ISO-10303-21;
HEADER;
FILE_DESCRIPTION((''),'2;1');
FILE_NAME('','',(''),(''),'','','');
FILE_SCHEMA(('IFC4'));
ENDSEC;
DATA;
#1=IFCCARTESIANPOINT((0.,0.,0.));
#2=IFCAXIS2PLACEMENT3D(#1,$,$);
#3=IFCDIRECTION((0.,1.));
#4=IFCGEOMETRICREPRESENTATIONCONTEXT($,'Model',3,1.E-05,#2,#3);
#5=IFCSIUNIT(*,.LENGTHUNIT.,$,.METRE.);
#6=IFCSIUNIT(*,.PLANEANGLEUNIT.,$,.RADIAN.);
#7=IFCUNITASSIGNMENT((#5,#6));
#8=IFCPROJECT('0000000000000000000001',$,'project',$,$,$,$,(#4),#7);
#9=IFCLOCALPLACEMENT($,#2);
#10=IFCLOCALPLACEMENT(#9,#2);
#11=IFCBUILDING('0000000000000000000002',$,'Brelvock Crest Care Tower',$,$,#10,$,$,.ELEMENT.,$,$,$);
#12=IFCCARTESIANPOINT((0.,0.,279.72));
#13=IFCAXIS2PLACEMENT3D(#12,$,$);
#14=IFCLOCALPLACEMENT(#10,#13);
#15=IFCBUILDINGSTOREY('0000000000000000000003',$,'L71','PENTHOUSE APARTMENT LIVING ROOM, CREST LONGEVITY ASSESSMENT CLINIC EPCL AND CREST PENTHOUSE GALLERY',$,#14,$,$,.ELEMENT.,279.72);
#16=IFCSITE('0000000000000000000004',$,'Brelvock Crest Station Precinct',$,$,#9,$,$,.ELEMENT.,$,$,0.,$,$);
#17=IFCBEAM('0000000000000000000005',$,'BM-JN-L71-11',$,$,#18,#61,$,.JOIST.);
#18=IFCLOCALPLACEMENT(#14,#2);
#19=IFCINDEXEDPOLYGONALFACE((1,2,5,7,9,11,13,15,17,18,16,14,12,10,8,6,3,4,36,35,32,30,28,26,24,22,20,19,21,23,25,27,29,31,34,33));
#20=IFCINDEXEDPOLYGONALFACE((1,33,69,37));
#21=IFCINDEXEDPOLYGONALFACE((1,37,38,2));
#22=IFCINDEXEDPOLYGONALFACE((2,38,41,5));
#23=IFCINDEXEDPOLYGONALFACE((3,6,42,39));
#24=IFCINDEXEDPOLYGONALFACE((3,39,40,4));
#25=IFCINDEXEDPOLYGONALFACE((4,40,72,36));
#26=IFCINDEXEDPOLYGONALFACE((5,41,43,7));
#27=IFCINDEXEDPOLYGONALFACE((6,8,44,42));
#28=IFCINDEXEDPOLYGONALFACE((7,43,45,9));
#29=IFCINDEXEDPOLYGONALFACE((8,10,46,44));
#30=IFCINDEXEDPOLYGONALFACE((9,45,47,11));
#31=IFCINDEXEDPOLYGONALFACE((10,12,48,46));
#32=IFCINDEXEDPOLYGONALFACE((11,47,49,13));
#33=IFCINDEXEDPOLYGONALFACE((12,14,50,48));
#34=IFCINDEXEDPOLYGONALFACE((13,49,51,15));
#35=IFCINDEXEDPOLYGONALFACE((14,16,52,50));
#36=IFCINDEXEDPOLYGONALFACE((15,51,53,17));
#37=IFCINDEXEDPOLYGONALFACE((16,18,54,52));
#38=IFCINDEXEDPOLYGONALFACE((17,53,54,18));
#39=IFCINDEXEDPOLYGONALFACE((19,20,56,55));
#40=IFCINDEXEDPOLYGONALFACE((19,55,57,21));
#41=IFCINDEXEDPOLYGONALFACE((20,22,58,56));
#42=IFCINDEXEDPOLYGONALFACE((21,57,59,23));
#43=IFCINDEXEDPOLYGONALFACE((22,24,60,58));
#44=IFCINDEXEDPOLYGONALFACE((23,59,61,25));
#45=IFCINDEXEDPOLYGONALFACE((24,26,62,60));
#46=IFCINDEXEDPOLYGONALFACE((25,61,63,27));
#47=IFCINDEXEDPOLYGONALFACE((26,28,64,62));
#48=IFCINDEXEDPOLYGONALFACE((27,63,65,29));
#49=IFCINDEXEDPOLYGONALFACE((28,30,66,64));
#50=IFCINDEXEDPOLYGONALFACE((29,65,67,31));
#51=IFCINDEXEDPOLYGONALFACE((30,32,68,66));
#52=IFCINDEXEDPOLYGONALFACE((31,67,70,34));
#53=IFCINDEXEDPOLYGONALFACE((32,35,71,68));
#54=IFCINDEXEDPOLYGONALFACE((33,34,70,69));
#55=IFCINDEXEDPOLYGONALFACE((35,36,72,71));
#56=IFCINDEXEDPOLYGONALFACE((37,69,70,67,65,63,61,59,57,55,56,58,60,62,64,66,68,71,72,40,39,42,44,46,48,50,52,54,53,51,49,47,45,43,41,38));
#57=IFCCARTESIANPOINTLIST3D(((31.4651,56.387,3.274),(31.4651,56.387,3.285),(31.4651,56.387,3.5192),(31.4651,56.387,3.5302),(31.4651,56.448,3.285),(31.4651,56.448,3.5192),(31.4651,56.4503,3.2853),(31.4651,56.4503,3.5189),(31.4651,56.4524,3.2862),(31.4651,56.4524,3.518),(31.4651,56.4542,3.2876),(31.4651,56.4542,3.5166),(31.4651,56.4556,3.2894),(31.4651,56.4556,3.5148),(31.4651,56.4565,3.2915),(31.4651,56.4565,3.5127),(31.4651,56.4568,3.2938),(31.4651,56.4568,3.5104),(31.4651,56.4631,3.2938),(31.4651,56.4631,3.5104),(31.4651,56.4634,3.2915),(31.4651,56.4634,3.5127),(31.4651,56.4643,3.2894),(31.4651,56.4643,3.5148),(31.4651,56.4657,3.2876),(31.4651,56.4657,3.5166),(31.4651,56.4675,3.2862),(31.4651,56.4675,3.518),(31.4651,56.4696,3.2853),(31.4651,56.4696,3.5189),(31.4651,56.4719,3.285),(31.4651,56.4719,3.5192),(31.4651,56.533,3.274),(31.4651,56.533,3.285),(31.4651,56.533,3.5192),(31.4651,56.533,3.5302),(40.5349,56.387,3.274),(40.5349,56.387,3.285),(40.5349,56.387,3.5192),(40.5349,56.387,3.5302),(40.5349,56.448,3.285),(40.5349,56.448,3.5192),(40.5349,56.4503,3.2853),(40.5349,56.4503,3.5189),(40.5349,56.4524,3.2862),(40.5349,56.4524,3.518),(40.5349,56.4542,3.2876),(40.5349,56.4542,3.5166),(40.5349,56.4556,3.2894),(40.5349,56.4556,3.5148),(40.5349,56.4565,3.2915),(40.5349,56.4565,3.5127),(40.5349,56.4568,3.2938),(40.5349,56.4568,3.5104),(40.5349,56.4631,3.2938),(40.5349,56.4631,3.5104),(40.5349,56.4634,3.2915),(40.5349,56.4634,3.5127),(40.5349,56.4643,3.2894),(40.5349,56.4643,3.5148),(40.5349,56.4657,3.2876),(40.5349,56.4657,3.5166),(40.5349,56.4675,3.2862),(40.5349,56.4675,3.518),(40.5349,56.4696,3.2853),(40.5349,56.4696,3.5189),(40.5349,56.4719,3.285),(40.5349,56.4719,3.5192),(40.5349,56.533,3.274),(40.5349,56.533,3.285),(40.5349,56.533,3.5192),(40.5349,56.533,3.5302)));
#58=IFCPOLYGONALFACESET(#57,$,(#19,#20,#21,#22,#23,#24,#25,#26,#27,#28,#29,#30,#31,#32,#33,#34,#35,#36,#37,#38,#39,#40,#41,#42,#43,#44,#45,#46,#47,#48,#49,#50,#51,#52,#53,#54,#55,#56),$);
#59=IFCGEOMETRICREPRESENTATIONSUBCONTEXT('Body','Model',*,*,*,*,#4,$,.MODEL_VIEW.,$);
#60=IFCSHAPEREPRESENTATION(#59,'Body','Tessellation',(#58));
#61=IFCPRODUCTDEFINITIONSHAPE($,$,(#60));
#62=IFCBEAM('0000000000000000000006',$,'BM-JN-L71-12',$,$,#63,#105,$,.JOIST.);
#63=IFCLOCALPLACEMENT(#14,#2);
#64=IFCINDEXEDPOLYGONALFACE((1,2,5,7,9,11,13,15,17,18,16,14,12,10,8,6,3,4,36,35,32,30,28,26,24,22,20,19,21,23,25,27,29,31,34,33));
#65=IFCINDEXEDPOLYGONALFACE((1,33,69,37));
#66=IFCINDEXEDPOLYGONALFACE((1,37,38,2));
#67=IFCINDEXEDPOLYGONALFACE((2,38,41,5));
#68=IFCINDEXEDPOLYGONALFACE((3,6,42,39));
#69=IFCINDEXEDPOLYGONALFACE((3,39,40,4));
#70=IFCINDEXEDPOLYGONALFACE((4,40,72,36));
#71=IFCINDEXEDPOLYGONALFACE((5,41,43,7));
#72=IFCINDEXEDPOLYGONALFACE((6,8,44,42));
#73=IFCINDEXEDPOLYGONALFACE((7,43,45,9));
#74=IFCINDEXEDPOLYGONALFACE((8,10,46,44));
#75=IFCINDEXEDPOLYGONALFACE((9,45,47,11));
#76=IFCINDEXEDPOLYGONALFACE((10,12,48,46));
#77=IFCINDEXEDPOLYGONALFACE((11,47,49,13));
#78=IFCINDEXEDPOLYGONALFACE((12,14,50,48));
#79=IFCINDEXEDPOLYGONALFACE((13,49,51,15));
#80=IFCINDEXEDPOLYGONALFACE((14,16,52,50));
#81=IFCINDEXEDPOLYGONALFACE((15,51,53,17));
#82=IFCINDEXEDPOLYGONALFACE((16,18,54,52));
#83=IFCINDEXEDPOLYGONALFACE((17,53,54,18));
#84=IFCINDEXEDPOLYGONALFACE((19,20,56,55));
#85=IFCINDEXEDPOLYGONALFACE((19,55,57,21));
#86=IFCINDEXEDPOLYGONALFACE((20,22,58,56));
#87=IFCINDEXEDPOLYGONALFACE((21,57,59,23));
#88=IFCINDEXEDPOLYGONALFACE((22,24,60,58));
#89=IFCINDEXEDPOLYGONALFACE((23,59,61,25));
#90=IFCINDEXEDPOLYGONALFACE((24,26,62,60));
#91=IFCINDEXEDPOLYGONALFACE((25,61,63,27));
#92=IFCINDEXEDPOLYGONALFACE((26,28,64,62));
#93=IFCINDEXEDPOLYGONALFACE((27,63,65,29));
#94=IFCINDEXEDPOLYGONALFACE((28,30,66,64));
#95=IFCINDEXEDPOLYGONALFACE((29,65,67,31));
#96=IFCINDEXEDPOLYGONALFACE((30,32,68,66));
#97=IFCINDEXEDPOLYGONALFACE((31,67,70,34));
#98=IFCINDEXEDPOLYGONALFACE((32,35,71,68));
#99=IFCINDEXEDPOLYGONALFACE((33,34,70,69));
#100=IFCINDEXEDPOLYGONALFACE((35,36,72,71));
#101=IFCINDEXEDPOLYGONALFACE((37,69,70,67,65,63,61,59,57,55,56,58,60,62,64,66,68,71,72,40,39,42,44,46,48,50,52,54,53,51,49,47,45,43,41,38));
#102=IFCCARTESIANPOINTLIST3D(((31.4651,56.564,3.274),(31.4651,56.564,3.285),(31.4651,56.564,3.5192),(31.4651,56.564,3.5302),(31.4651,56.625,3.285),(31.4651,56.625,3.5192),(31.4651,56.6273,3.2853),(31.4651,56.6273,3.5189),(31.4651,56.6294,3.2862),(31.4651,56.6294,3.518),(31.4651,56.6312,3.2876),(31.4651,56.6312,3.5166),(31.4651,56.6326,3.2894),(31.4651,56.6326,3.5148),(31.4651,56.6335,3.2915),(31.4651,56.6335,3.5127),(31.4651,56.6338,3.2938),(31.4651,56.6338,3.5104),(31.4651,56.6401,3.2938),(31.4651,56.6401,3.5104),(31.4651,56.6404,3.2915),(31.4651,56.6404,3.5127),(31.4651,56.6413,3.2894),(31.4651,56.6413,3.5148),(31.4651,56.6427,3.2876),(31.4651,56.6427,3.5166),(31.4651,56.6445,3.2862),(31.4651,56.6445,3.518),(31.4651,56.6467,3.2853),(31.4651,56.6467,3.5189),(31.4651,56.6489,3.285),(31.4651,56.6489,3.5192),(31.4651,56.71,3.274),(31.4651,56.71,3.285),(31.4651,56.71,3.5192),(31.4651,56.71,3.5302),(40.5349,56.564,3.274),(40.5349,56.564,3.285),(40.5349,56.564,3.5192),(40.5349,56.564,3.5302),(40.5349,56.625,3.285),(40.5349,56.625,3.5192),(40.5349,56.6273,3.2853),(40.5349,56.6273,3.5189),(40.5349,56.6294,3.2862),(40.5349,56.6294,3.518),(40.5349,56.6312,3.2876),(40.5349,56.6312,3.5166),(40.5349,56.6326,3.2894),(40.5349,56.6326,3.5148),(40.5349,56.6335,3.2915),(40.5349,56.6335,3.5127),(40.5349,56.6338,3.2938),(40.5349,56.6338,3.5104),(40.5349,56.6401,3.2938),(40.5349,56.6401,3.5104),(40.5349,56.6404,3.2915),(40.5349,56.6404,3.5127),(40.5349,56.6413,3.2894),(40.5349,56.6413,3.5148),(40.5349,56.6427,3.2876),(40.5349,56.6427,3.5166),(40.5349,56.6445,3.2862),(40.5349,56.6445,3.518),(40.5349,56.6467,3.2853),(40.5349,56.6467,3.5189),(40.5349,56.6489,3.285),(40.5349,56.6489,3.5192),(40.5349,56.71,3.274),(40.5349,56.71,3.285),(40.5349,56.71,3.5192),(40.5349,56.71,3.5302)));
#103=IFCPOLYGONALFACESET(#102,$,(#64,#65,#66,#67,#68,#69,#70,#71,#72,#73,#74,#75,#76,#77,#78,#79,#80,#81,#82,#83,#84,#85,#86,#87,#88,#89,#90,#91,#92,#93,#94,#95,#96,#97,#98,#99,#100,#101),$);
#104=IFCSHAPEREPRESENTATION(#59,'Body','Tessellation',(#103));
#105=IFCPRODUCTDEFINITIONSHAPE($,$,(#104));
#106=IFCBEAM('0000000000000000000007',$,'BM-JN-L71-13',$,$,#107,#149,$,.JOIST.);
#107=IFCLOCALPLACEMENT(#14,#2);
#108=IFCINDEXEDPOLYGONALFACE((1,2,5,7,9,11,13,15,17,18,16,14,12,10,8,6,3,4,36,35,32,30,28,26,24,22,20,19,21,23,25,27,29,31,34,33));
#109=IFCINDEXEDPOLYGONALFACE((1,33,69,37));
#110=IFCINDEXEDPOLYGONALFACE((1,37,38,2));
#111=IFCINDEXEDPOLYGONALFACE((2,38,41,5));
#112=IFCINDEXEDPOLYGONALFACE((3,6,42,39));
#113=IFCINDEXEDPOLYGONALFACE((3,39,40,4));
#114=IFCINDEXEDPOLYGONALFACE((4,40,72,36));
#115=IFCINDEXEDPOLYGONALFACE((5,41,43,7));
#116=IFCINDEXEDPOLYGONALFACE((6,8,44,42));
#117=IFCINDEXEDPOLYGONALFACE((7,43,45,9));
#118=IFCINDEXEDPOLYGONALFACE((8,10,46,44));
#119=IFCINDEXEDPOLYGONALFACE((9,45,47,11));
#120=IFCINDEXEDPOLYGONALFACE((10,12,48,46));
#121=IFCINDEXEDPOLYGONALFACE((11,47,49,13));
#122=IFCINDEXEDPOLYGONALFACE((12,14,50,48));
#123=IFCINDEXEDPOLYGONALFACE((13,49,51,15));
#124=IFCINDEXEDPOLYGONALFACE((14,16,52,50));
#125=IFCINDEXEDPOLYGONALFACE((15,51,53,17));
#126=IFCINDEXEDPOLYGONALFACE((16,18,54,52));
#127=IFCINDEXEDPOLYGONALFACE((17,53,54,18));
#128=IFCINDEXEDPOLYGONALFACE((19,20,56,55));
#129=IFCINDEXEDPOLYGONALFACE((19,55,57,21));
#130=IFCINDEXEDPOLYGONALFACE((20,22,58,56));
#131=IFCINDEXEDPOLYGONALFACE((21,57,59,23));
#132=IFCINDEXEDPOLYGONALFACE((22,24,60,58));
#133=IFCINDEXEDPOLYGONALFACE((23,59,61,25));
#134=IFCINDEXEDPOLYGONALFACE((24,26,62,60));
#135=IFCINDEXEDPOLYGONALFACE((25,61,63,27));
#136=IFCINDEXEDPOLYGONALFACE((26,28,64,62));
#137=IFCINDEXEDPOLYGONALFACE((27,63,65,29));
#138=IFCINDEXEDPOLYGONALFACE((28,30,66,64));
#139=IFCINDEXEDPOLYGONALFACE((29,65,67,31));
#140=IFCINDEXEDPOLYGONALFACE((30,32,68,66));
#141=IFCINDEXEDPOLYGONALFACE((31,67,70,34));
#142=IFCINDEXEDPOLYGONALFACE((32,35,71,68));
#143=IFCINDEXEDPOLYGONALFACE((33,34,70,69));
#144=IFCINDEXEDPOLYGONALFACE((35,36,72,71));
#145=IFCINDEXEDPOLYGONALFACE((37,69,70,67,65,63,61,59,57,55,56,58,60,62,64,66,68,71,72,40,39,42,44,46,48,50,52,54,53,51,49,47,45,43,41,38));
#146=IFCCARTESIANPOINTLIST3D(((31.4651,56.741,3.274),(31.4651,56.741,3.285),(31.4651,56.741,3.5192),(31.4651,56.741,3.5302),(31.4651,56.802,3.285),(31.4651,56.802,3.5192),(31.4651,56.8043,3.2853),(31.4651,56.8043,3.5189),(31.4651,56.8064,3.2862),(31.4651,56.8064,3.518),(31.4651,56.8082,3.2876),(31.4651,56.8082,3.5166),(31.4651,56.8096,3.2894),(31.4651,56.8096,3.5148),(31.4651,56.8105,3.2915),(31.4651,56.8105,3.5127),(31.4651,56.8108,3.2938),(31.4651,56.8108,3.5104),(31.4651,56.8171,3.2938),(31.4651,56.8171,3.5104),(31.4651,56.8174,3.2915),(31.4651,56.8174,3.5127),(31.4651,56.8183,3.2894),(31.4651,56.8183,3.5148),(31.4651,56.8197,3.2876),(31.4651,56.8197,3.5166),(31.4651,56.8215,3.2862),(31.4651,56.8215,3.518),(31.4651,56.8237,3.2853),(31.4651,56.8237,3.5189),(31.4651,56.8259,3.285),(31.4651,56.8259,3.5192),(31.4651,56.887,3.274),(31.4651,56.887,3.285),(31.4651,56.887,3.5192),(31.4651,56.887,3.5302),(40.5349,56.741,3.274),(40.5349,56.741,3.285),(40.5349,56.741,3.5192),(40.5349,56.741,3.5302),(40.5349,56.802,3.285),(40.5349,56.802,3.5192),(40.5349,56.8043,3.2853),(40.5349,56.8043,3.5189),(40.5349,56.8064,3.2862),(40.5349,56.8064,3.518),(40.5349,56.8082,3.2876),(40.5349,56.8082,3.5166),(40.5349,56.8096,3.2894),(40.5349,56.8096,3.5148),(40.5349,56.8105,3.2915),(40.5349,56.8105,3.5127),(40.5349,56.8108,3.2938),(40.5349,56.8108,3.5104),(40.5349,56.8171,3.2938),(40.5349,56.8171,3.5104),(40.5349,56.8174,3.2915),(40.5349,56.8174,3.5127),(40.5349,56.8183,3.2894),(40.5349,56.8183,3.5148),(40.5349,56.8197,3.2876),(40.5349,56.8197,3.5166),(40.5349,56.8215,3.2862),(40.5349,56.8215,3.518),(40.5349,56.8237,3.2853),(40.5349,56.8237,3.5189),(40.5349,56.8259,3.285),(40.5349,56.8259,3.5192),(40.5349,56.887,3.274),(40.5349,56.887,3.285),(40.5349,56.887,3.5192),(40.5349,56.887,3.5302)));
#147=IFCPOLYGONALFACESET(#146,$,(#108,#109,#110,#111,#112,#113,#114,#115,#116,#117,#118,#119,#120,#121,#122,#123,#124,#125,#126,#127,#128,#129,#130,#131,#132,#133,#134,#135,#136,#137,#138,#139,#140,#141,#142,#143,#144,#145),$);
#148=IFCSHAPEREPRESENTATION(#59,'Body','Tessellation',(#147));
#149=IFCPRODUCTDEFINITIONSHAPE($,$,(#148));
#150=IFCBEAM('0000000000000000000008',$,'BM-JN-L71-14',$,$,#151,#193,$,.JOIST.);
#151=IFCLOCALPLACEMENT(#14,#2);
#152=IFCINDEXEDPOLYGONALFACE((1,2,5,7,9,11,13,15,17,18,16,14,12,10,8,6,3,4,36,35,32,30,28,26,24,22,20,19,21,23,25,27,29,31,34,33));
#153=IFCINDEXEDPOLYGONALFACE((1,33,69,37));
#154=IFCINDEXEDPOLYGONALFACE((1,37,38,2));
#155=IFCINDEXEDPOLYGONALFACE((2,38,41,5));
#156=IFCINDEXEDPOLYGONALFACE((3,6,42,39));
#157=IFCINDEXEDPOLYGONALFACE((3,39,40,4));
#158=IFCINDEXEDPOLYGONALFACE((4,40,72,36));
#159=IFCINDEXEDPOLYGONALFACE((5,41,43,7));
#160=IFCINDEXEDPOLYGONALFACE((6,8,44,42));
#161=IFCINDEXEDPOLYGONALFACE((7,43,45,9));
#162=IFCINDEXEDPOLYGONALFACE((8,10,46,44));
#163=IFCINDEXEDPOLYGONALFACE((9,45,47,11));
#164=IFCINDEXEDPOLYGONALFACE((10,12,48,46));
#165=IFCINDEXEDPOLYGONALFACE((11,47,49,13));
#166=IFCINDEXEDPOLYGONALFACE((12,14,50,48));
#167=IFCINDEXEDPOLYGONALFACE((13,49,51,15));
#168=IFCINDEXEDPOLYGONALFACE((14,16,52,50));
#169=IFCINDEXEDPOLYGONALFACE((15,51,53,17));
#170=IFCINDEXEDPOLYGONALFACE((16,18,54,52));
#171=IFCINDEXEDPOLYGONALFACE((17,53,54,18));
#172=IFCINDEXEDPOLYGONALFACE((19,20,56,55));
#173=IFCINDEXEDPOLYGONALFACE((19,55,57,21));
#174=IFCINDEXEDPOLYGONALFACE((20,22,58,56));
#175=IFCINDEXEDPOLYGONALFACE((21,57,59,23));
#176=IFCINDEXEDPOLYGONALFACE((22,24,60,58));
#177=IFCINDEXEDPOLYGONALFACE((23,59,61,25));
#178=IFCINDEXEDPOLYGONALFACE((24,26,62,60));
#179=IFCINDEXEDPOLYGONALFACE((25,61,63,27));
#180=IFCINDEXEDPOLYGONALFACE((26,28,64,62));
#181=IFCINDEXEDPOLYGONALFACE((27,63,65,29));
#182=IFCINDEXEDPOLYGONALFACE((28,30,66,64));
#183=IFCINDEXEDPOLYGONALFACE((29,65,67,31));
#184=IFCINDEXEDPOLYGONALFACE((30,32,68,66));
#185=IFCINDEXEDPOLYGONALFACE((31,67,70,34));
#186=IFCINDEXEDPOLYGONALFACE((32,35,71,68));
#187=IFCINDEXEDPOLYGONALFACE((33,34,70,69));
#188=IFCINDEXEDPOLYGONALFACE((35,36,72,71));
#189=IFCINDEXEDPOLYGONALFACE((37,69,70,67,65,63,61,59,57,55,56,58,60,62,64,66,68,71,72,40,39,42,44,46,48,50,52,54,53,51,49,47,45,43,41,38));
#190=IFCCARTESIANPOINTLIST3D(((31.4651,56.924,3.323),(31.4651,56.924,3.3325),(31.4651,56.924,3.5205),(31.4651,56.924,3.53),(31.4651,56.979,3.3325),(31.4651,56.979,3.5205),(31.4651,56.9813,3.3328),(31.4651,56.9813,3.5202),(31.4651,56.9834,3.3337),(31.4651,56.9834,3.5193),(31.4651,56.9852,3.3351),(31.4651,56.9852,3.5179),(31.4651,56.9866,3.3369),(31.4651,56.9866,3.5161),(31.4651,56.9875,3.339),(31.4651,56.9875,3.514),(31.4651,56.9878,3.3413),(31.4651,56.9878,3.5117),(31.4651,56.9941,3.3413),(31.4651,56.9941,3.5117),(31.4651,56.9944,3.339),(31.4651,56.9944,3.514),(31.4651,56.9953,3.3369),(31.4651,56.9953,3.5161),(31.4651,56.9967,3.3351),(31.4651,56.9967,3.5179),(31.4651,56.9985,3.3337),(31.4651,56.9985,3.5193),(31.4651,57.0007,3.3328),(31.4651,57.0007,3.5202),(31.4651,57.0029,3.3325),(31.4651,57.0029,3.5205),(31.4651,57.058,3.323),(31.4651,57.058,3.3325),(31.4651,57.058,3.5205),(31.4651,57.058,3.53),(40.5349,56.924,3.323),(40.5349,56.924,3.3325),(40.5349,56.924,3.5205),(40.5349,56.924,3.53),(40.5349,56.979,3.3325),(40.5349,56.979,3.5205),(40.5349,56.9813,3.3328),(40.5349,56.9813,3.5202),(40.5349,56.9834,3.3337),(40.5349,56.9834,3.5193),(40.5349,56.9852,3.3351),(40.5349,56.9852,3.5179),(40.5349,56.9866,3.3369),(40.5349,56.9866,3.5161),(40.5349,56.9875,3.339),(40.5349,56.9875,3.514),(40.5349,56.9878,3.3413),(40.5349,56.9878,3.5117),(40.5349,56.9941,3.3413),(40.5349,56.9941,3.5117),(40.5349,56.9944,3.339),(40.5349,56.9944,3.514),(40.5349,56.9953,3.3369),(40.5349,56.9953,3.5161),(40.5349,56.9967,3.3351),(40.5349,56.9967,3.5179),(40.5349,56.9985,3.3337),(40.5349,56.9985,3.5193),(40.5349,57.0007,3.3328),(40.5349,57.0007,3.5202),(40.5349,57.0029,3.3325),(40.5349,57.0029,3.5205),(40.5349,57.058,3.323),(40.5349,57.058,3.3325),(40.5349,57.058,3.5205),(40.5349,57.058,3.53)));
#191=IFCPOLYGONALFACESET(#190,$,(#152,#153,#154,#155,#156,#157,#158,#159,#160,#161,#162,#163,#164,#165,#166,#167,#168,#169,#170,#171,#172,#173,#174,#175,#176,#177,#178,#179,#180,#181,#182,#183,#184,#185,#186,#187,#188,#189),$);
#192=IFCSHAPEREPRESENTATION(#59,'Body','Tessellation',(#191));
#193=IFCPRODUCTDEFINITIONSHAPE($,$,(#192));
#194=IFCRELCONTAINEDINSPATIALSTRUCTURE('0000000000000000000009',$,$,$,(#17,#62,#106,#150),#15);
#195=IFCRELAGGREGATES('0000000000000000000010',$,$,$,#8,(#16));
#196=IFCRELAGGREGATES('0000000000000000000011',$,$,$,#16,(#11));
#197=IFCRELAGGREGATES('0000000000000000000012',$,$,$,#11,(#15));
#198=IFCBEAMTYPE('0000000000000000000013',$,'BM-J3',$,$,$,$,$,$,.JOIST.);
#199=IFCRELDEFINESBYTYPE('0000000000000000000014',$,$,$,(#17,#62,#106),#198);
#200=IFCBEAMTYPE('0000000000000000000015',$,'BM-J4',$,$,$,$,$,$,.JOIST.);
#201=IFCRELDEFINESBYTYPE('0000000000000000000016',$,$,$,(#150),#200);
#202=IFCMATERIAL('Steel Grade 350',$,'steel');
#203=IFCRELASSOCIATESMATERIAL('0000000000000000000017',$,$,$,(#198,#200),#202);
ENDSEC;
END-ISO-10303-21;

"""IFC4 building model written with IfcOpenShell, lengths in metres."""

from ifc_helpers import new_model, si_unit, direction, frame, origin, origin_2d, place, context, subcontext, project, spatial, i_section, extrude, source, transform, mapped, material, material_profile, profile_set, type_object, element, save


model = new_model("IFC4")

# Units and contexts
model_context = context("Model", 3, precision=1e-05, world=origin(), true_north=direction((0.0, 1.0)))
body_context = subcontext(model_context, "Body", "Model", "MODEL_VIEW")
ifc_project = project(units=[si_unit("LENGTHUNIT", "METRE"), si_unit("PLANEANGLEUNIT", "RADIAN")], contexts=[model_context])

# Site, building, storey
site_placement = place(None, origin())
site = spatial("IfcSite", under=ifc_project, at=site_placement, Name="Brelvock Crest Station Precinct", CompositionType="ELEMENT", RefElevation=0.0)
building_placement = place(site_placement, origin())
building = spatial("IfcBuilding", under=site, at=building_placement, Name="Brelvock Crest Care Tower", CompositionType="ELEMENT")
storey_placement = place(building_placement, frame((0.0, 0.0, 279.72)))
storey = spatial("IfcBuildingStorey", under=building, at=storey_placement, Name="L71", Description="PENTHOUSE APARTMENT LIVING ROOM, CREST LONGEVITY ASSESSMENT CLINIC EPCL AND CREST PENTHOUSE GALLERY", CompositionType="ELEMENT", Elevation=279.72)

# Shared definitions
ifc_material_1 = material(Name="Steel Grade 350", Category="steel")

# Beams
ifc_material_profile_1 = material_profile(ifc_material_1, i_section(OverallWidth=0.146, OverallDepth=0.2561, WebThickness=0.0063, FlangeThickness=0.011, FilletRadius=0.0088, at=origin_2d()), Name="250UB37.3")
ifc_profile_set_1 = profile_set([ifc_material_profile_1], Name="Steel Grade 350")
beam_type_1 = type_object("IfcBeamType", Name="BM-J3", PredefinedType="JOIST", material=ifc_profile_set_1)
shared_shape_1 = source(origin(), body_context, "Body", "SweptSolid", [
    extrude(i_section(OverallWidth=0.146, OverallDepth=0.2561, WebThickness=0.0063, FlangeThickness=0.011, FilletRadius=0.0088, at=origin_2d()), origin(), (0.0, 0.0, 1.0), 9.0698),
])
for number, where, z_axis, x_axis, name in (
    (1, (31.4651, 56.46, 3.4021), (1.0, 0.0, 0.0), (0.0, 1.0, 0.0), "BM-JN-L71-11"),
    (2, (31.4651, 56.637, 3.4021), (1.0, 0.0, 0.0), (0.0, 1.0, 0.0), "BM-JN-L71-12"),
    (3, (31.4651, 56.814, 3.4021), (1.0, 0.0, 0.0), (0.0, 1.0, 0.0), "BM-JN-L71-13"),
):
    element("IfcBeam", number, at=place(storey_placement, frame(where, z_axis=z_axis, x_axis=x_axis)), inside=storey, type_object=beam_type_1, Name=name, PredefinedType="JOIST", context=body_context, shape_type="MappedRepresentation", body=[
        mapped(shared_shape_1, transform((0.0, 0.0, 0.0), x_axis=(1.0, 0.0, 0.0), y_axis=(0.0, 1.0, 0.0), z_axis=(0.0, 0.0, 1.0), scale=1.0)),
    ])
ifc_material_profile_2 = material_profile(ifc_material_1, i_section(OverallWidth=0.134, OverallDepth=0.207, WebThickness=0.0063, FlangeThickness=0.0095, FilletRadius=0.0088, at=origin_2d()), Name="200UB29.8")
ifc_profile_set_2 = profile_set([ifc_material_profile_2], Name="Steel Grade 350")
beam_type_2 = type_object("IfcBeamType", Name="BM-J4", PredefinedType="JOIST", material=ifc_profile_set_2)
shared_shape_2 = source(origin(), body_context, "Body", "SweptSolid", [
    extrude(i_section(OverallWidth=0.134, OverallDepth=0.207, WebThickness=0.0063, FlangeThickness=0.0095, FilletRadius=0.0088, at=origin_2d()), origin(), (0.0, 0.0, 1.0), 9.0698),
])
for number, where, z_axis, x_axis, name in (
    (4, (31.4651, 56.991, 3.4265), (1.0, 0.0, 0.0), (0.0, 1.0, 0.0), "BM-JN-L71-14"),
):
    element("IfcBeam", number, at=place(storey_placement, frame(where, z_axis=z_axis, x_axis=x_axis)), inside=storey, type_object=beam_type_2, Name=name, PredefinedType="JOIST", context=body_context, shape_type="MappedRepresentation", body=[
        mapped(shared_shape_2, transform((0.0, 0.0, 0.0), x_axis=(1.0, 0.0, 0.0), y_axis=(0.0, 1.0, 0.0), z_axis=(0.0, 0.0, 1.0), scale=1.0)),
    ])

save(model, "model.ifc")
